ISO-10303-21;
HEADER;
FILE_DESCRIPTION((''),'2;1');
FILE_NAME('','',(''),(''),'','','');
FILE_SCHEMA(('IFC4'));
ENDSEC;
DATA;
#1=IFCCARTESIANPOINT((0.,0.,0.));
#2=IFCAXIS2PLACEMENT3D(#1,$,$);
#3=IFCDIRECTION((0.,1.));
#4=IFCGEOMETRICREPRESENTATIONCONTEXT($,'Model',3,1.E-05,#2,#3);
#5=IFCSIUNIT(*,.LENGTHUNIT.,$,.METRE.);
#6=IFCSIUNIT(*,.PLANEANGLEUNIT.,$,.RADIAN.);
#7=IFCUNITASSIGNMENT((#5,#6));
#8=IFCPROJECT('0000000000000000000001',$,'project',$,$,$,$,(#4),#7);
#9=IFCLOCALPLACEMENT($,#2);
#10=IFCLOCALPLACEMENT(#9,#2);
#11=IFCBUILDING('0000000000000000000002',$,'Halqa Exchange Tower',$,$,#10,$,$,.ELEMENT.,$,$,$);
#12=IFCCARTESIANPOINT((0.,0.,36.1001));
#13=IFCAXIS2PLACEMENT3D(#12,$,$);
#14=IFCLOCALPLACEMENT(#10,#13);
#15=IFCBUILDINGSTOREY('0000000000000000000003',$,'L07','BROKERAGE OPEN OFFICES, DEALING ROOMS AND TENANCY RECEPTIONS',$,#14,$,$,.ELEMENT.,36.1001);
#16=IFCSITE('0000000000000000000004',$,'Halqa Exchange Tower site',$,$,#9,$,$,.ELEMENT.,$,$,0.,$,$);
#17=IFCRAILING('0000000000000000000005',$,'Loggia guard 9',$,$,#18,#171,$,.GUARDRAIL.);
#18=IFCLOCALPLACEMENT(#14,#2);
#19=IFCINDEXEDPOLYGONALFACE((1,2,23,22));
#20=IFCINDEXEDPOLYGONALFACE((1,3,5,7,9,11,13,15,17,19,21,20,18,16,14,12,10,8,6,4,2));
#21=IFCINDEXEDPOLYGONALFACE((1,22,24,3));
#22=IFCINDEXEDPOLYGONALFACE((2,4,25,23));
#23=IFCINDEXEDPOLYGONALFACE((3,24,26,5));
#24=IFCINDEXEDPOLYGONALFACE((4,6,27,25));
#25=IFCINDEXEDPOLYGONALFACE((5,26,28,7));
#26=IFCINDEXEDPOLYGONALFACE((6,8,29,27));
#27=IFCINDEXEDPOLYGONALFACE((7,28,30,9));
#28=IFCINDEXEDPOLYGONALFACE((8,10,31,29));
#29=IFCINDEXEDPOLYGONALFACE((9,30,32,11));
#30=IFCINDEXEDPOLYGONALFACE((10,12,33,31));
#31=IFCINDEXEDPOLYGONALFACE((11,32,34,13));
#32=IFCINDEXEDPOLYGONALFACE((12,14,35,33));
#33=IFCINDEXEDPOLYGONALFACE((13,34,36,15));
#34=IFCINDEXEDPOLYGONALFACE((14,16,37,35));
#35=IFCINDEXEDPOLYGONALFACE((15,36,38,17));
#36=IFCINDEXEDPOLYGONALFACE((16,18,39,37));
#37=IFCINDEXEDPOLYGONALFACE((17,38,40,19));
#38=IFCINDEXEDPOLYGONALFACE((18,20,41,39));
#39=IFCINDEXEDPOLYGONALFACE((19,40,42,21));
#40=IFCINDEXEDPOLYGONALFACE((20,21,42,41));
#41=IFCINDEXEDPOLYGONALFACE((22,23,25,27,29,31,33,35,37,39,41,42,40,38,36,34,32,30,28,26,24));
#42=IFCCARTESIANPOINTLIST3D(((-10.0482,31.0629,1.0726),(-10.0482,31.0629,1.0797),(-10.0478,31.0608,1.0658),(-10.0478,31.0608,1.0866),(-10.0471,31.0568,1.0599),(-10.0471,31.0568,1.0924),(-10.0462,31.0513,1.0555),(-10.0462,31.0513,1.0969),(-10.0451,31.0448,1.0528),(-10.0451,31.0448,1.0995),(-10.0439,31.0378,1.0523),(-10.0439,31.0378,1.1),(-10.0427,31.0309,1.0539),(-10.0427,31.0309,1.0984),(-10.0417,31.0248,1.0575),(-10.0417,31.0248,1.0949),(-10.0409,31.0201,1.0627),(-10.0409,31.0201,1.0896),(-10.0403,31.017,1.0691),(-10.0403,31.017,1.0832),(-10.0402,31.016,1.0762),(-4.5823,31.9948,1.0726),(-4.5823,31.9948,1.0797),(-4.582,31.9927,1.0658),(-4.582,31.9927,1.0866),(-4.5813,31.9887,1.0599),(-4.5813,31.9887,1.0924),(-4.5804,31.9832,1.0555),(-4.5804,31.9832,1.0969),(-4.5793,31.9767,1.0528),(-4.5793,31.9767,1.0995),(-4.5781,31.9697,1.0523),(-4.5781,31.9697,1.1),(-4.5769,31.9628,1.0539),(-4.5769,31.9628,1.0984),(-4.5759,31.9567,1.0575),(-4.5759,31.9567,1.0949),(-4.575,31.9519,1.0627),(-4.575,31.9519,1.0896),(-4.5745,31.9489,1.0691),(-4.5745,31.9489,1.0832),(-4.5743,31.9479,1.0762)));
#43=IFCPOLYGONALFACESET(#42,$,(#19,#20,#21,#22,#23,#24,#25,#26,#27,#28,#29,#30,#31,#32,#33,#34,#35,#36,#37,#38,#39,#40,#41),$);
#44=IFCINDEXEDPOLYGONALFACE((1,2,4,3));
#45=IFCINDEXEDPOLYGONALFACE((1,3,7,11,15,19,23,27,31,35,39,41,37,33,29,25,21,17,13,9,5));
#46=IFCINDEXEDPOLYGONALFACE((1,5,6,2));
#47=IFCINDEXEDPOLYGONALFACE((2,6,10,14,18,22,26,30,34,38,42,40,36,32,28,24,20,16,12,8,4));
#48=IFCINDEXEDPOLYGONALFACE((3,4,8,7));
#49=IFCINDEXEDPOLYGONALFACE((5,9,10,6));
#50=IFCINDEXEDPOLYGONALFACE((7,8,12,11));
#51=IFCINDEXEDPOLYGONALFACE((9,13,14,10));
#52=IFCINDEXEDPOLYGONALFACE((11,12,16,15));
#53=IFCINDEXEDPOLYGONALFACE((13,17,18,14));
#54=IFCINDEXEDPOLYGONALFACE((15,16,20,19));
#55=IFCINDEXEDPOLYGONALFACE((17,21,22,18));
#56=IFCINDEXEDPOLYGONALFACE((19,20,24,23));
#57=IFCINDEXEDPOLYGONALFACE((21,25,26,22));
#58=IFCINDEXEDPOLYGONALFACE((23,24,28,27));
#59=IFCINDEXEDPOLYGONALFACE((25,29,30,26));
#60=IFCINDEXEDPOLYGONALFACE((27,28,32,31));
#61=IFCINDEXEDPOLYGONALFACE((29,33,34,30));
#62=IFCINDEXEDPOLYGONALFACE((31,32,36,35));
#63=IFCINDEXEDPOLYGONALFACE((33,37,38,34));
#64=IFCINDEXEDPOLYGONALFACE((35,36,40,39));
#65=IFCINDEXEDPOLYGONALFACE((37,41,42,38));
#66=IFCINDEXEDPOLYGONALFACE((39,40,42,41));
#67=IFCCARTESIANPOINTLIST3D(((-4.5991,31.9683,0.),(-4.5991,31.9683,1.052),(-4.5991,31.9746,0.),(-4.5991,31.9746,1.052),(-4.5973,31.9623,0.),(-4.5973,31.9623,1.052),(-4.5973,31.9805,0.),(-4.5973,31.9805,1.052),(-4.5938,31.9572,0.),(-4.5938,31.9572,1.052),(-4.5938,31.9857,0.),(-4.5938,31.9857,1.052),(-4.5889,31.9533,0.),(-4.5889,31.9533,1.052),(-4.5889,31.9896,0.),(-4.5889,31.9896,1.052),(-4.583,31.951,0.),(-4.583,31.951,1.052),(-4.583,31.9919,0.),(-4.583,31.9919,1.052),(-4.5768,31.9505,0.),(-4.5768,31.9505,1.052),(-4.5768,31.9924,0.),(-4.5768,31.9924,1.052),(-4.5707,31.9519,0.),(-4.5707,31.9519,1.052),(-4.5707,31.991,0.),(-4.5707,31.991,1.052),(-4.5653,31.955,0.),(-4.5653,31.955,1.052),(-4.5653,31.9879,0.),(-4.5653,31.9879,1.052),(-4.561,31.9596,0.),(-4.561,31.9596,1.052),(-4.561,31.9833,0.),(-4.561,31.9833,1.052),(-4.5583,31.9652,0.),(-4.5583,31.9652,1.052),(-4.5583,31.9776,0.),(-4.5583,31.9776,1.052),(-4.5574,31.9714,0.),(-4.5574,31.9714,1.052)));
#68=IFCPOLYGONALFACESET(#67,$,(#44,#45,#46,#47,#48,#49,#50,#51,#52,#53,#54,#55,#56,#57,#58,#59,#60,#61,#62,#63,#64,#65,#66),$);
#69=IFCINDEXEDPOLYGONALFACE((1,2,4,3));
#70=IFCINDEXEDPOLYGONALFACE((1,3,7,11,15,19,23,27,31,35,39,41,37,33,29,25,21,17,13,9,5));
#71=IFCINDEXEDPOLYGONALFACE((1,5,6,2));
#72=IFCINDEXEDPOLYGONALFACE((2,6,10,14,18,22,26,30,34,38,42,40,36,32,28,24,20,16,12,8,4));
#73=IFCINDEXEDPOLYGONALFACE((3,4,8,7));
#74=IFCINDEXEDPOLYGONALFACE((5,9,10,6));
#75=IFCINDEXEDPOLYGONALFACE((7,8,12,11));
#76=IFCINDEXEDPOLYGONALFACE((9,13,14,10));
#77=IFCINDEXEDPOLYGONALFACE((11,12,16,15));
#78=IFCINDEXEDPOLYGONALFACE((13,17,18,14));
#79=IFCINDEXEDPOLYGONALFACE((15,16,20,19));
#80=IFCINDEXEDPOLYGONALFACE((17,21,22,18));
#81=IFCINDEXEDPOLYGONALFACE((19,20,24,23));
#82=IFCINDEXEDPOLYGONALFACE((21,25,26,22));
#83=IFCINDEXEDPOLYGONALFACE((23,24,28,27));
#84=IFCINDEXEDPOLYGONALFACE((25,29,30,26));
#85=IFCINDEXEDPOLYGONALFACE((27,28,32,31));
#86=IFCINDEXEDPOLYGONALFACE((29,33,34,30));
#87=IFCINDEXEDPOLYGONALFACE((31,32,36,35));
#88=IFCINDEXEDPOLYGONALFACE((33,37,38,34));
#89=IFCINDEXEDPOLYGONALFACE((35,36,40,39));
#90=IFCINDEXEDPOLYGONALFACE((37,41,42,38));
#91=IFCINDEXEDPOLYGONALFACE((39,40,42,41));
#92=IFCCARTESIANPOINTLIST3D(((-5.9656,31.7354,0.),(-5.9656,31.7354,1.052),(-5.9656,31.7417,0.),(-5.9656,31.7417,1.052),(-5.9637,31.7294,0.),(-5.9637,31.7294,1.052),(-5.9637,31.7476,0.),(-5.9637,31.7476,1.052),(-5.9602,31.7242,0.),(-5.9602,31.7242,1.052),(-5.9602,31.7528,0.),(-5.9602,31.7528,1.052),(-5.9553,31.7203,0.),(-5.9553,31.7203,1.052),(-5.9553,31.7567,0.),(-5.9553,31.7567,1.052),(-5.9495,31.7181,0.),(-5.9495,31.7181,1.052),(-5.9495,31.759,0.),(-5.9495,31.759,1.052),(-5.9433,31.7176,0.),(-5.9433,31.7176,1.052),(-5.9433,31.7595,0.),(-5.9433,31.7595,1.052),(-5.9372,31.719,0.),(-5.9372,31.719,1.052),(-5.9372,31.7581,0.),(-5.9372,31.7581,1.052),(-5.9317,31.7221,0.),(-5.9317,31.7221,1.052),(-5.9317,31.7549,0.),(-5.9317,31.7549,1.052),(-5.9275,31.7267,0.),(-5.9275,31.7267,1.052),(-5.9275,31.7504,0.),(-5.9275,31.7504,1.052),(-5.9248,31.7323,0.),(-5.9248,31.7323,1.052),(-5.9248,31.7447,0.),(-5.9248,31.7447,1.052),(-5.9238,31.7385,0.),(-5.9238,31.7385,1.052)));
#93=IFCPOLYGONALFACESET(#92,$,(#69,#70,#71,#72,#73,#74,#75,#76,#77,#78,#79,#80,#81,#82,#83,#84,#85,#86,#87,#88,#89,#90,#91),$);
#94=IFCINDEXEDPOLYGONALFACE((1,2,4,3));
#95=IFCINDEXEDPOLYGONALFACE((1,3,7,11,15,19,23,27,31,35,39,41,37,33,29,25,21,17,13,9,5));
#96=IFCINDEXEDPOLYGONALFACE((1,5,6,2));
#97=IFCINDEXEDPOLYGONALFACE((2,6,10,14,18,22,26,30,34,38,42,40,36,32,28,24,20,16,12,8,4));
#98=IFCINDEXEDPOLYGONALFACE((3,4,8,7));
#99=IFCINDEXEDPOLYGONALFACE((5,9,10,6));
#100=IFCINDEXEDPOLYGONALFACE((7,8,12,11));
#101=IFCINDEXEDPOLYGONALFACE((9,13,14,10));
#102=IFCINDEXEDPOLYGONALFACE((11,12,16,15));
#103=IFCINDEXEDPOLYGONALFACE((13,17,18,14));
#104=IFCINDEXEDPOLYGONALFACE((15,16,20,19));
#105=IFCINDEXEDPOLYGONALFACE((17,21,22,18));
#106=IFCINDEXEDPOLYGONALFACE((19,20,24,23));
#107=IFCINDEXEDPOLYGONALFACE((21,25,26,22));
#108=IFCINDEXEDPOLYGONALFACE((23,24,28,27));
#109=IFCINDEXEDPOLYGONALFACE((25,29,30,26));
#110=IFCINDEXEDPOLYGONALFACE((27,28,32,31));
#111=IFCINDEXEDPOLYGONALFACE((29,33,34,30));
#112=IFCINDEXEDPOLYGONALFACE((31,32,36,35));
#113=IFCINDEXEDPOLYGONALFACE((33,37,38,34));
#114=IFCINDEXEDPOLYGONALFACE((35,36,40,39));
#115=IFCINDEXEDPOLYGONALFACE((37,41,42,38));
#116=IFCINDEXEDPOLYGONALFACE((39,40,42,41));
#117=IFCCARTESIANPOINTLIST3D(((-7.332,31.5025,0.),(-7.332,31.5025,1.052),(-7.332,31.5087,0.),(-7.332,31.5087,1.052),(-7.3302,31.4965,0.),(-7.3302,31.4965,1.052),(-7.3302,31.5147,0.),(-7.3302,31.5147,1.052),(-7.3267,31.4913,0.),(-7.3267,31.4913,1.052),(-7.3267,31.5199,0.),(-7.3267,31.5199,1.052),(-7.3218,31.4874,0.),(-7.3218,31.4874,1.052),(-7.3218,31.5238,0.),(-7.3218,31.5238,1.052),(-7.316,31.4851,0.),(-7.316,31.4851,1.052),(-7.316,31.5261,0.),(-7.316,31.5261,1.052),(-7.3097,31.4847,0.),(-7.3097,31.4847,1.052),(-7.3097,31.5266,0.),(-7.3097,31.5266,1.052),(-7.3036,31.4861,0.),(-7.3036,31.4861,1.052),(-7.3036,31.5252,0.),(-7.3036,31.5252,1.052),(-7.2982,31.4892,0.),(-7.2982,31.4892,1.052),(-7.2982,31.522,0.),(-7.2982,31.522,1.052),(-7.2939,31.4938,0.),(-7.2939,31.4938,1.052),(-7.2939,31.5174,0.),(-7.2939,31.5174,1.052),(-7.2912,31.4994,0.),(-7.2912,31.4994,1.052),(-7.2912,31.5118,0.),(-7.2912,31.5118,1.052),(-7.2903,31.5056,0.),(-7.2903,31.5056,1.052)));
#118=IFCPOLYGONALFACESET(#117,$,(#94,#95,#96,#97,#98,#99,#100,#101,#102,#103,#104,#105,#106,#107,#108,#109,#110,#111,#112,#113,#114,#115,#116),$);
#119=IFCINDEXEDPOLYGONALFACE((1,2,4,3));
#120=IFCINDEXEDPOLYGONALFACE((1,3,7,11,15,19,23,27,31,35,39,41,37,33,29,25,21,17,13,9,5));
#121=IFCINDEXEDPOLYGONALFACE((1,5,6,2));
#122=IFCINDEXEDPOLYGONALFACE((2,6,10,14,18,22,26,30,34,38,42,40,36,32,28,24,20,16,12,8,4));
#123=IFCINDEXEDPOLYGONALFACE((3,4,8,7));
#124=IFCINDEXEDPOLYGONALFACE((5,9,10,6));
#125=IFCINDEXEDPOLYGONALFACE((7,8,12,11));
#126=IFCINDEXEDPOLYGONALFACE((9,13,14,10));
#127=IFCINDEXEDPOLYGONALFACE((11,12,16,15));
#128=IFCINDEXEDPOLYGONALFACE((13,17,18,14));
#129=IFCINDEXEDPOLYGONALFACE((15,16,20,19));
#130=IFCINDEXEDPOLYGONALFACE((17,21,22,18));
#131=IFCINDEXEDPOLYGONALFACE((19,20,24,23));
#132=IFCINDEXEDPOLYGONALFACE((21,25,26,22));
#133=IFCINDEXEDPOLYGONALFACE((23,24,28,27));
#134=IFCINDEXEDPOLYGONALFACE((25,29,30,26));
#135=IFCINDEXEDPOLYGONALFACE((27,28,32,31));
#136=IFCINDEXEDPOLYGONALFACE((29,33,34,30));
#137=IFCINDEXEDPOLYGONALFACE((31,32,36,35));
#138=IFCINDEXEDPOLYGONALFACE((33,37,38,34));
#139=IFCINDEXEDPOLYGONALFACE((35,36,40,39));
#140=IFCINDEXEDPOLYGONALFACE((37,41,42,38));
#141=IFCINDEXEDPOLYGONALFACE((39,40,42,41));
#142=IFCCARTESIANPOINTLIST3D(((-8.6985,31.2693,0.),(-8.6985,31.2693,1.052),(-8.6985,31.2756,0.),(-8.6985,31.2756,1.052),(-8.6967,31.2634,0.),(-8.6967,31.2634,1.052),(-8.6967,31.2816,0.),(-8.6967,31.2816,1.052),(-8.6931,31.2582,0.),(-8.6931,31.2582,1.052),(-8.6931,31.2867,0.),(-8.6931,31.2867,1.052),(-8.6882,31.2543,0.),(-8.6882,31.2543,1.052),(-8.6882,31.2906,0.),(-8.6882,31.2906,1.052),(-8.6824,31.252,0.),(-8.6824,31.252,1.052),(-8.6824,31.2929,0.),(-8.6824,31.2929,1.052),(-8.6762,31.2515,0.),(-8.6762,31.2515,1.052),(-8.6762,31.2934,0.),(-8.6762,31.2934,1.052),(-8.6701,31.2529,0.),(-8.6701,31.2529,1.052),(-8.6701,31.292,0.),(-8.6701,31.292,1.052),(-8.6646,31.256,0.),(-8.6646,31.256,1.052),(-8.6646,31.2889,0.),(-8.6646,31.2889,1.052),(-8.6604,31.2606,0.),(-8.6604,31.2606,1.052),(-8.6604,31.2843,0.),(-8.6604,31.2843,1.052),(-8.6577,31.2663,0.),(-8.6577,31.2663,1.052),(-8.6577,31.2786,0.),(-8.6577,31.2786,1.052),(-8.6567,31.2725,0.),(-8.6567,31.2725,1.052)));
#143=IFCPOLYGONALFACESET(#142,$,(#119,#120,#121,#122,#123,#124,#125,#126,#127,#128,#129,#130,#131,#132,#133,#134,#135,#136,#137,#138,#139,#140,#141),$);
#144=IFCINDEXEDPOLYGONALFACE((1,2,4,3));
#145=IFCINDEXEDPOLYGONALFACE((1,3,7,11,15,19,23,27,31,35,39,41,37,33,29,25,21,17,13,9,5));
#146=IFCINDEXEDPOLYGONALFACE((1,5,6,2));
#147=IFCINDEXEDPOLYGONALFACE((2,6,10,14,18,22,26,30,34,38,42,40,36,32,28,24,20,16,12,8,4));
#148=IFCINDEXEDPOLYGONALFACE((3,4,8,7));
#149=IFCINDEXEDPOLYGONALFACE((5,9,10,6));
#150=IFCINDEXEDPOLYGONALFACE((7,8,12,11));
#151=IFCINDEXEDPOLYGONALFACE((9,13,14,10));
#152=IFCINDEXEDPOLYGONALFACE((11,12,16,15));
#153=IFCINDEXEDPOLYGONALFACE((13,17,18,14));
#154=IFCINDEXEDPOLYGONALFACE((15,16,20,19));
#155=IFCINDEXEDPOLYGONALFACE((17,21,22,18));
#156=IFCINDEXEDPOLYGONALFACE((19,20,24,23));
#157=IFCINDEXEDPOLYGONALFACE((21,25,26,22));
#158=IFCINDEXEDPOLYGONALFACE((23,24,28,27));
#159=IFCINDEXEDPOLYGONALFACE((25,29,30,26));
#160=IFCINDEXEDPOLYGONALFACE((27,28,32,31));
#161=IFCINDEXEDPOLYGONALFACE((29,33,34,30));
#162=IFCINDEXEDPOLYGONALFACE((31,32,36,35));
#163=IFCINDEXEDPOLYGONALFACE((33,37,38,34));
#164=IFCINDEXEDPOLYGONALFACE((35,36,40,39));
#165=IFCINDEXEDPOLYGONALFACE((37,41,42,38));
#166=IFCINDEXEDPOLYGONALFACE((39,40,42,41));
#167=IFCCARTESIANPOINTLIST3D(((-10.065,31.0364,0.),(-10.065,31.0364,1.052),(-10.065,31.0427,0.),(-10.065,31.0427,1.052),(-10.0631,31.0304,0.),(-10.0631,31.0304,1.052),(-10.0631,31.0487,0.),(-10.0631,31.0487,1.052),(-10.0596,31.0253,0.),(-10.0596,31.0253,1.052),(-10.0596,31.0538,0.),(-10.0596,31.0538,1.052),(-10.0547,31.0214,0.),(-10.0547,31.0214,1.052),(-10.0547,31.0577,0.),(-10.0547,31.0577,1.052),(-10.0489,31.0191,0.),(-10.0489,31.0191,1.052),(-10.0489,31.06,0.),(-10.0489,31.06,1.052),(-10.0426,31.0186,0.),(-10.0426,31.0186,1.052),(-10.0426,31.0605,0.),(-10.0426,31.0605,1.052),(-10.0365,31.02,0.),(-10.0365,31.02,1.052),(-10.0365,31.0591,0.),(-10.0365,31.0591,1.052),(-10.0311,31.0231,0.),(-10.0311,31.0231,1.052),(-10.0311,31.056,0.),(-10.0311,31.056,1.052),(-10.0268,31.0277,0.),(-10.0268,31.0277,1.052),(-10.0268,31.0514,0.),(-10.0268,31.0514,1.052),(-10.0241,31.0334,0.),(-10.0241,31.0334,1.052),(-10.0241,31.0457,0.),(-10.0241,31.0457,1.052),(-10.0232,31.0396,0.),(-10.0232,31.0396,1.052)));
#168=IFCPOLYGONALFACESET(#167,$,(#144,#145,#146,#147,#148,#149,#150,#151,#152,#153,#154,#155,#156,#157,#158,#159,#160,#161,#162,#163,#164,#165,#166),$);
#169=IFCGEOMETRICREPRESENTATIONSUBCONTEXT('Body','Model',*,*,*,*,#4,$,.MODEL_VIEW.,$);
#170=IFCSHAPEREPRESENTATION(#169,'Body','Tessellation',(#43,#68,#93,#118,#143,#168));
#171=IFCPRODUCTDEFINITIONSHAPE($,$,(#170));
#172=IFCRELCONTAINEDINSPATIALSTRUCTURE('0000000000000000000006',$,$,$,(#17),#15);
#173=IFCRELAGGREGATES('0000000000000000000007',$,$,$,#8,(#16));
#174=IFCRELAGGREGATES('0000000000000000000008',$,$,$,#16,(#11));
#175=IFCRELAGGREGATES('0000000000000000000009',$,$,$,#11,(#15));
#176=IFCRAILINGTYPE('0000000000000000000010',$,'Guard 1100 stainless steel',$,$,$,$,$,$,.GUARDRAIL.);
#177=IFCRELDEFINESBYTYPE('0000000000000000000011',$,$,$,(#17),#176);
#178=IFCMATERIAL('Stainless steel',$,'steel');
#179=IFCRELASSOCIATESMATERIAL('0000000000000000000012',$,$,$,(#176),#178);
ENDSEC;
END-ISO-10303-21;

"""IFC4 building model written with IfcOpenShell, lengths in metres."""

from ifc_helpers import new_model, si_unit, direction, frame, origin, origin_2d, place, context, subcontext, project, spatial, circle, extrude, material, type_object, element, save


model = new_model("IFC4")

# Units and contexts
model_context = context("Model", 3, precision=1e-05, world=origin(), true_north=direction((0.0, 1.0)))
body_context = subcontext(model_context, "Body", "Model", "MODEL_VIEW")
ifc_project = project(units=[si_unit("LENGTHUNIT", "METRE"), si_unit("PLANEANGLEUNIT", "RADIAN")], contexts=[model_context])

# Site, building, storey
site_placement = place(None, origin())
site = spatial("IfcSite", under=ifc_project, at=site_placement, Name="Halqa Exchange Tower site", CompositionType="ELEMENT", RefElevation=0.0)
building_placement = place(site_placement, origin())
building = spatial("IfcBuilding", under=site, at=building_placement, Name="Halqa Exchange Tower", CompositionType="ELEMENT")
storey_placement = place(building_placement, frame((0.0, 0.0, 36.1001)))
storey = spatial("IfcBuildingStorey", under=building, at=storey_placement, Name="L07", Description="BROKERAGE OPEN OFFICES, DEALING ROOMS AND TENANCY RECEPTIONS", CompositionType="ELEMENT", Elevation=36.1001)

# Railing
ifc_material_1 = material(Name="Stainless steel", Category="steel")
railing_type_1 = type_object("IfcRailingType", Name="Guard 1100 stainless steel", PredefinedType="GUARDRAIL", material=ifc_material_1)
railing_1_placement = place(storey_placement, frame((-4.5784, 31.9714, 0.0)))
element("IfcRailing", 1, at=railing_1_placement, inside=storey, type_object=railing_type_1, Name="Loggia guard 9", PredefinedType="GUARDRAIL", context=body_context, shape_type="SweptSolid", body=[
    extrude(circle(Radius=0.0239, at=origin_2d()), frame((0.0, 0.0, 1.0762), z_axis=(-0.985775, -0.168068, 0.0), x_axis=(0.168068, -0.985775, 0.0)), (0.0, 0.0, 1.0), 5.5447),
    extrude(circle(Radius=0.021, at=origin_2d()), origin(), (0.0, 0.0, 1.0), 1.052),
    extrude(circle(Radius=0.021, at=origin_2d()), frame((-1.3665, -0.2329, 0.0)), (0.0, 0.0, 1.0), 1.052),
    extrude(circle(Radius=0.021, at=origin_2d()), frame((-2.7329, -0.4658, 0.0)), (0.0, 0.0, 1.0), 1.052),
    extrude(circle(Radius=0.021, at=origin_2d()), frame((-4.0994, -0.699, 0.0)), (0.0, 0.0, 1.0), 1.052),
    extrude(circle(Radius=0.021, at=origin_2d()), frame((-5.4658, -0.9319, 0.0)), (0.0, 0.0, 1.0), 1.052),
])

save(model, "model.ifc")
